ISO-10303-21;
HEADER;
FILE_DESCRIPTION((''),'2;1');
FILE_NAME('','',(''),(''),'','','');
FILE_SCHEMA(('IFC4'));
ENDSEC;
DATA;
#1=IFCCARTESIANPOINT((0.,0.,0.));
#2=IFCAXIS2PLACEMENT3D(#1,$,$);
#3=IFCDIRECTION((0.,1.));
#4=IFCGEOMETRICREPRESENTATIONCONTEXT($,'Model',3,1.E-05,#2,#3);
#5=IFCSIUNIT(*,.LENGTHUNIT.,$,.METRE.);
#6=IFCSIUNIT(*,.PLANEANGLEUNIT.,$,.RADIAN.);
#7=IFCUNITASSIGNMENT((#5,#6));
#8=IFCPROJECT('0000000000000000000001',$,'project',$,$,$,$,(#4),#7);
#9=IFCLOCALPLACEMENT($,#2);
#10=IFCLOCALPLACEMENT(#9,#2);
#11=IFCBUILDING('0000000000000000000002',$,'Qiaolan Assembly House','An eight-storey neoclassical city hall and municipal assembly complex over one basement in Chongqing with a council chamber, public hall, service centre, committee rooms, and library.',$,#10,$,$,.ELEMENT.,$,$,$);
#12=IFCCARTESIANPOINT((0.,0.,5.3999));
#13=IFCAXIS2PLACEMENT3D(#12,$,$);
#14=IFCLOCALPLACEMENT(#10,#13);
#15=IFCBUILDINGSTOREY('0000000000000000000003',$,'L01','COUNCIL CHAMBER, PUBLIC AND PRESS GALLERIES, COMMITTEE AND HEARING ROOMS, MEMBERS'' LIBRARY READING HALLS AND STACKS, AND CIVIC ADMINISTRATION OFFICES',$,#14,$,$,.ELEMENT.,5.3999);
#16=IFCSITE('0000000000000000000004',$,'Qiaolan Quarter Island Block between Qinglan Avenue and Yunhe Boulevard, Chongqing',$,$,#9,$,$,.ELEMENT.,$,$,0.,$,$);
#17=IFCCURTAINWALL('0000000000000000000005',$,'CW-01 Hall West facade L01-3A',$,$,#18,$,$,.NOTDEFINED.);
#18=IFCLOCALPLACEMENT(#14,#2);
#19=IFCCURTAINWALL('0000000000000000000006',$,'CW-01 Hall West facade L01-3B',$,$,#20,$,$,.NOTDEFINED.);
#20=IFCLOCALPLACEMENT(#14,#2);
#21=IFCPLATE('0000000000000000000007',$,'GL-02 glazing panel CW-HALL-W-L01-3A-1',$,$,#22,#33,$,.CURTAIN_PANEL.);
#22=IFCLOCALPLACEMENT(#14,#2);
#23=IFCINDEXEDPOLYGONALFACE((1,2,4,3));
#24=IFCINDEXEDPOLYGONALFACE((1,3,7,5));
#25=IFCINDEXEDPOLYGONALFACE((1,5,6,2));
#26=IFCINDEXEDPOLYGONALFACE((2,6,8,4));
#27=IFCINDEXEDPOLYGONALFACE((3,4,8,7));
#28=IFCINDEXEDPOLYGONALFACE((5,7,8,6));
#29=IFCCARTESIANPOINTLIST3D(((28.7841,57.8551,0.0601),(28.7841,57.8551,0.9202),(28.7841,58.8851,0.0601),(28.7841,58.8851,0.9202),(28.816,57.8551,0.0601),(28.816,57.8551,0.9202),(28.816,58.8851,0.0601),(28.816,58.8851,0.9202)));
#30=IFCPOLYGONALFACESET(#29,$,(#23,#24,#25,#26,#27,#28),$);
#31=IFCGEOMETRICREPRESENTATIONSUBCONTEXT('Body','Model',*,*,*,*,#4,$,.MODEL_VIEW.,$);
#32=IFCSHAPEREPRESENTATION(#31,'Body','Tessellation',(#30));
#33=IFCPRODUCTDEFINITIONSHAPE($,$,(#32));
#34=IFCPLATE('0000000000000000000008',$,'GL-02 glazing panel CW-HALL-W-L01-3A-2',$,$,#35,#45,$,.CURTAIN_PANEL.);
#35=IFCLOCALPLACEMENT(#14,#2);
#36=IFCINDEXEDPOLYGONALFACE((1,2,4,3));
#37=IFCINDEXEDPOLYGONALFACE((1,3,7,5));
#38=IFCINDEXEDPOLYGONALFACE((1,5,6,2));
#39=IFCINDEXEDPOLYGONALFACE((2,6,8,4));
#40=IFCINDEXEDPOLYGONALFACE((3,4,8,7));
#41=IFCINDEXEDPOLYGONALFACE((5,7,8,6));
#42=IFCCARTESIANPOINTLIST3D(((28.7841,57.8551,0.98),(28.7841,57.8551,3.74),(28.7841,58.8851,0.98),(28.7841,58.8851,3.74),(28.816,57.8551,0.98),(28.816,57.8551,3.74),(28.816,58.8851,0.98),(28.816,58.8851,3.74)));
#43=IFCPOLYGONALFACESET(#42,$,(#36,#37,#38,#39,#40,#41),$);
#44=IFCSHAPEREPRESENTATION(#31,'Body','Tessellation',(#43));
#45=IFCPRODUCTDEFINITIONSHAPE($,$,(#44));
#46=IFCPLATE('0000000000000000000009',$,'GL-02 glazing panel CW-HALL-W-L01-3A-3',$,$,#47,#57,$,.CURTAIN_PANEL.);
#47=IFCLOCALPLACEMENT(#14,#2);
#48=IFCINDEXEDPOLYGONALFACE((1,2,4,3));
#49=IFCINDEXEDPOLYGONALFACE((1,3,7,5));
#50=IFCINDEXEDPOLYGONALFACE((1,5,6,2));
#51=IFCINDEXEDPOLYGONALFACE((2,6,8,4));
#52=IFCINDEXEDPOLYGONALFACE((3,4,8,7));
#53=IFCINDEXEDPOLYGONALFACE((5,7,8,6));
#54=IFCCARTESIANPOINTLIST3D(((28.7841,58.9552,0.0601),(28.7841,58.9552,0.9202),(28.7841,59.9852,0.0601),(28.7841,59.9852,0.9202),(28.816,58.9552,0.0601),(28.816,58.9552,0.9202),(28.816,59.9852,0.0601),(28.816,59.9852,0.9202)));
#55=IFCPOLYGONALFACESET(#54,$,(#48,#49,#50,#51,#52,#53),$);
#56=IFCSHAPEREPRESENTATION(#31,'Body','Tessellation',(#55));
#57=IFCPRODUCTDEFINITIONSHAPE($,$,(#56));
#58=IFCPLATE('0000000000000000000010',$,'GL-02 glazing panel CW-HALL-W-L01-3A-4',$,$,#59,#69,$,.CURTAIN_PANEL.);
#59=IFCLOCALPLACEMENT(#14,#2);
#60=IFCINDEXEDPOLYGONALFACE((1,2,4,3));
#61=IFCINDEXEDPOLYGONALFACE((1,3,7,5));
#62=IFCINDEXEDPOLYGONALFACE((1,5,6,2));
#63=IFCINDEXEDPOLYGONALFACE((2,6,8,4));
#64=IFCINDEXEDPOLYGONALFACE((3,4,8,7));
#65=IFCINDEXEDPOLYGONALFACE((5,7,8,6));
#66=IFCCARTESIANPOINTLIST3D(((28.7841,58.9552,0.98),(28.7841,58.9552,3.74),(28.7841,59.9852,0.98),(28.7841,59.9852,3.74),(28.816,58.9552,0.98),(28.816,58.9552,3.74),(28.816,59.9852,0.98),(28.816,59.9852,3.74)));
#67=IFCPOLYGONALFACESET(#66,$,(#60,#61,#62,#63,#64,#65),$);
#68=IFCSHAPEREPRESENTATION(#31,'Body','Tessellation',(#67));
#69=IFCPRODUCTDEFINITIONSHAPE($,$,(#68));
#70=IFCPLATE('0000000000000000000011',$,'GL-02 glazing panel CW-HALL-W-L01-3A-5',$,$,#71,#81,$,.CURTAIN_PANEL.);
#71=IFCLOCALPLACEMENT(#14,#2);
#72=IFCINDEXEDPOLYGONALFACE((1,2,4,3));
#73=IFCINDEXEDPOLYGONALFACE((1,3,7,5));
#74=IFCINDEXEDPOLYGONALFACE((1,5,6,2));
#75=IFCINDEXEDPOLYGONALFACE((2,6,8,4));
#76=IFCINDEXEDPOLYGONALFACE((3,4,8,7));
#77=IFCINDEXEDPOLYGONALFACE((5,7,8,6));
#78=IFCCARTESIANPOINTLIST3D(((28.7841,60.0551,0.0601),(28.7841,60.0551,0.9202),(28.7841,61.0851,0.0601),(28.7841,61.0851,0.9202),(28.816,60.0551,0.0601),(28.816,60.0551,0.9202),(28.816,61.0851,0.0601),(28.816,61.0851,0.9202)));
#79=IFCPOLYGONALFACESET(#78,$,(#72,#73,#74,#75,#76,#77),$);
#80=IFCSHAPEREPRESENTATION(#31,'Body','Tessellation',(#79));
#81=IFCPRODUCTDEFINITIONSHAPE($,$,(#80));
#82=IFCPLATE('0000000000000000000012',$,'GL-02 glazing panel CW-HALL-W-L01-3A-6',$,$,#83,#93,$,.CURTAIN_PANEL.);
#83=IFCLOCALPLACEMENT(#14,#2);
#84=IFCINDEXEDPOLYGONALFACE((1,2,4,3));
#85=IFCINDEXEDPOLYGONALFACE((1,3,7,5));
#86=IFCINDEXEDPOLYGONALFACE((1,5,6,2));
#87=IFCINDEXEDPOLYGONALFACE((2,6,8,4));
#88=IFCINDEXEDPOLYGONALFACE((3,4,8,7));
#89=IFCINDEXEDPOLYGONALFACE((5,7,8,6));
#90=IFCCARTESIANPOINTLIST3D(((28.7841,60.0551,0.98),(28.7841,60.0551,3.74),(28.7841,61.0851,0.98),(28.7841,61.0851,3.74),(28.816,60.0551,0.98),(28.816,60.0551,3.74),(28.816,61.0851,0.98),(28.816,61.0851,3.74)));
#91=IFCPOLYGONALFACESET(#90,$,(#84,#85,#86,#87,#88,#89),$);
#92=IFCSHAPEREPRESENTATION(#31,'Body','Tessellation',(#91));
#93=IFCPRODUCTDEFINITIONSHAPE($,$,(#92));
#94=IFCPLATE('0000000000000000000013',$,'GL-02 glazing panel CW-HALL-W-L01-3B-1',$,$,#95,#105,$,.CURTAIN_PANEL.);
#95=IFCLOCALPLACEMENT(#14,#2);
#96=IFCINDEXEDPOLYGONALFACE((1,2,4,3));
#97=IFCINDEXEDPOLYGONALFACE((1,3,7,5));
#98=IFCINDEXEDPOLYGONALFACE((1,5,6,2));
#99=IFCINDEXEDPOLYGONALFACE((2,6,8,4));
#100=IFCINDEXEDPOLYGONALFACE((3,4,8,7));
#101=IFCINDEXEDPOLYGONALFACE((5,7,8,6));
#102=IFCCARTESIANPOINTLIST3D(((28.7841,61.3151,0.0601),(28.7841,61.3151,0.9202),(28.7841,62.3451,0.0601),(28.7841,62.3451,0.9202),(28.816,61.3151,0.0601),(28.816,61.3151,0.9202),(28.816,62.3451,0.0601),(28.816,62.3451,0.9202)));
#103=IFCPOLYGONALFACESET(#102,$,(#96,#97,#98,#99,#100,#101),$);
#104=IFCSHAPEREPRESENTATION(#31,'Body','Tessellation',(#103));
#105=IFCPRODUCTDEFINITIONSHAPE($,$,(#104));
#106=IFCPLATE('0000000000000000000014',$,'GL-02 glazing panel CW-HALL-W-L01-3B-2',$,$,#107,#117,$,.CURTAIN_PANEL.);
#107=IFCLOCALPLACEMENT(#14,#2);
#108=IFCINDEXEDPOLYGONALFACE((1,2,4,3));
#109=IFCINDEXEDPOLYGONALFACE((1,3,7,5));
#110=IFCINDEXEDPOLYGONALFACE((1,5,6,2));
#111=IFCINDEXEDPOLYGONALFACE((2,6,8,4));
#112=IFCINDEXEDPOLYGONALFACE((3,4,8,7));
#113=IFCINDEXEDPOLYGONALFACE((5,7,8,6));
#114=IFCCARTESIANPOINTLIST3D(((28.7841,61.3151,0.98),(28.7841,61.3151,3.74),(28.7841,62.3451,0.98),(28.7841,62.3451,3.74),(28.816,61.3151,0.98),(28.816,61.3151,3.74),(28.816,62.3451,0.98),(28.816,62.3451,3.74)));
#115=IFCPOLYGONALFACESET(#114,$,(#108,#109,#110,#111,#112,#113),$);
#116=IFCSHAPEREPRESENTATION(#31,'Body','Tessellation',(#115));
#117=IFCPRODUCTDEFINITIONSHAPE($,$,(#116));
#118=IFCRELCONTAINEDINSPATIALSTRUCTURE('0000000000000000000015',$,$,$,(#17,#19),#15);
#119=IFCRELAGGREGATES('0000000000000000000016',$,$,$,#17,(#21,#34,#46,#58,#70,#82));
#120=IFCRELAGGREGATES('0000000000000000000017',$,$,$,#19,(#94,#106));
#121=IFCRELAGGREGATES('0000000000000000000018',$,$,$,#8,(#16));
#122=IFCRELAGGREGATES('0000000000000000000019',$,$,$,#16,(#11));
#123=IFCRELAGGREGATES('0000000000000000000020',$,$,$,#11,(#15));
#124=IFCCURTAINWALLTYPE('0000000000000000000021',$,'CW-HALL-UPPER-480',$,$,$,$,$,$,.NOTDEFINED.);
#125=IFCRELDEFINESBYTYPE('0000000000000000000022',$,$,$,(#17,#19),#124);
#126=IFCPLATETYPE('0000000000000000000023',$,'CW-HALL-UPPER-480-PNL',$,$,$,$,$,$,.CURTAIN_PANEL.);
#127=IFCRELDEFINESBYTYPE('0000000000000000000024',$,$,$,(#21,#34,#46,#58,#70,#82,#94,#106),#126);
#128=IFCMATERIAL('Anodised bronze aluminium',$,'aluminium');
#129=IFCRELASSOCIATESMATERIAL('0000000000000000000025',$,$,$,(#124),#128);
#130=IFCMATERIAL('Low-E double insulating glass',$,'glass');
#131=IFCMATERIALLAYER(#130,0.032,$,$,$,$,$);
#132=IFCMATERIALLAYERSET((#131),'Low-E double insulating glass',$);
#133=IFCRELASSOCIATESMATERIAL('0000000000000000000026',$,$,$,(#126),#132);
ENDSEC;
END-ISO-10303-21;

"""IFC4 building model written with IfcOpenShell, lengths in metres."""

from ifc_helpers import new_model, si_unit, direction, frame, frame_2d, origin, place, context, subcontext, project, spatial, rectangle, extrude, material, layer, layer_set, type_object, element, aggregate, save


model = new_model("IFC4")

# Units and contexts
model_context = context("Model", 3, precision=1e-05, world=origin(), true_north=direction((0.0, 1.0)))
body_context = subcontext(model_context, "Body", "Model", "MODEL_VIEW")
ifc_project = project(units=[si_unit("LENGTHUNIT", "METRE"), si_unit("PLANEANGLEUNIT", "RADIAN")], contexts=[model_context])

# Site, building, storey
site_placement = place(None, origin())
site = spatial("IfcSite", under=ifc_project, at=site_placement, Name="Qiaolan Quarter Island Block between Qinglan Avenue and Yunhe Boulevard, Chongqing", CompositionType="ELEMENT", RefElevation=0.0)
building_placement = place(site_placement, origin())
building = spatial("IfcBuilding", under=site, at=building_placement, Name="Qiaolan Assembly House", Description="An eight-storey neoclassical city hall and municipal assembly complex over one basement in Chongqing with a council chamber, public hall, service centre, committee rooms, and library.", CompositionType="ELEMENT")
storey_placement = place(building_placement, frame((0.0, 0.0, 5.3999)))
storey = spatial("IfcBuildingStorey", under=building, at=storey_placement, Name="L01", Description="COUNCIL CHAMBER, PUBLIC AND PRESS GALLERIES, COMMITTEE AND HEARING ROOMS, MEMBERS' LIBRARY READING HALLS AND STACKS, AND CIVIC ADMINISTRATION OFFICES", CompositionType="ELEMENT", Elevation=5.3999)

# Curtain wall
ifc_material_1 = material(Name="Anodised bronze aluminium", Category="aluminium")
curtain_wall_type = type_object("IfcCurtainWallType", Name="CW-HALL-UPPER-480", PredefinedType="NOTDEFINED", material=ifc_material_1)
curtain_wall_1_placement = place(storey_placement, origin())
curtain_wall_1 = element("IfcCurtainWall", 1, at=curtain_wall_1_placement, inside=storey, type_object=curtain_wall_type, Name="CW-01 Hall West facade L01-3A", PredefinedType="NOTDEFINED")

# Curtain wall
curtain_wall_2_placement = place(storey_placement, origin())
curtain_wall_2 = element("IfcCurtainWall", 2, at=curtain_wall_2_placement, inside=storey, type_object=curtain_wall_type, Name="CW-01 Hall West facade L01-3B", PredefinedType="NOTDEFINED")

# Plates
ifc_material_2 = material(Name="Low-E double insulating glass", Category="glass")
ifc_layer = layer(ifc_material_2, 0.032)
ifc_layer_set = layer_set([ifc_layer], Name="Low-E double insulating glass")
plate_type = type_object("IfcPlateType", Name="CW-HALL-UPPER-480-PNL", PredefinedType="CURTAIN_PANEL", material=ifc_layer_set)
plate_1_placement = place(storey_placement, frame((28.8, 57.855, 0.0601), z_axis=(0.0, 0.0, 1.0), x_axis=(0.0, 1.0, 0.0)))
plate_1 = element("IfcPlate", 3, at=plate_1_placement, type_object=plate_type, Name="GL-02 glazing panel CW-HALL-W-L01-3A-1", PredefinedType="CURTAIN_PANEL", context=body_context, shape_type="SweptSolid", body=[
    extrude(rectangle(XDim=1.03, YDim=0.032, at=frame_2d((0.5151, 0.0))), origin(), (0.0, 0.0, 1.0), 0.8601),
])
plate_2_placement = place(storey_placement, frame((28.8, 57.855, 0.98), z_axis=(0.0, 0.0, 1.0), x_axis=(0.0, 1.0, 0.0)))
plate_2 = element("IfcPlate", 4, at=plate_2_placement, type_object=plate_type, Name="GL-02 glazing panel CW-HALL-W-L01-3A-2", PredefinedType="CURTAIN_PANEL", context=body_context, shape_type="SweptSolid", body=[
    extrude(rectangle(XDim=1.03, YDim=0.032, at=frame_2d((0.5151, 0.0))), origin(), (0.0, 0.0, 1.0), 2.76),
])
plate_3_placement = place(storey_placement, frame((28.8, 58.9551, 0.0601), z_axis=(0.0, 0.0, 1.0), x_axis=(0.0, 1.0, 0.0)))
plate_3 = element("IfcPlate", 5, at=plate_3_placement, type_object=plate_type, Name="GL-02 glazing panel CW-HALL-W-L01-3A-3", PredefinedType="CURTAIN_PANEL", context=body_context, shape_type="SweptSolid", body=[
    extrude(rectangle(XDim=1.03, YDim=0.032, at=frame_2d((0.5151, 0.0))), origin(), (0.0, 0.0, 1.0), 0.8601),
])
plate_4_placement = place(storey_placement, frame((28.8, 58.9551, 0.98), z_axis=(0.0, 0.0, 1.0), x_axis=(0.0, 1.0, 0.0)))
plate_4 = element("IfcPlate", 6, at=plate_4_placement, type_object=plate_type, Name="GL-02 glazing panel CW-HALL-W-L01-3A-4", PredefinedType="CURTAIN_PANEL", context=body_context, shape_type="SweptSolid", body=[
    extrude(rectangle(XDim=1.03, YDim=0.032, at=frame_2d((0.5151, 0.0))), origin(), (0.0, 0.0, 1.0), 2.76),
])
plate_5_placement = place(storey_placement, frame((28.8, 60.0549, 0.0601), z_axis=(0.0, 0.0, 1.0), x_axis=(0.0, 1.0, 0.0)))
plate_5 = element("IfcPlate", 7, at=plate_5_placement, type_object=plate_type, Name="GL-02 glazing panel CW-HALL-W-L01-3A-5", PredefinedType="CURTAIN_PANEL", context=body_context, shape_type="SweptSolid", body=[
    extrude(rectangle(XDim=1.03, YDim=0.032, at=frame_2d((0.5151, 0.0))), origin(), (0.0, 0.0, 1.0), 0.8601),
])
plate_6_placement = place(storey_placement, frame((28.8, 60.0549, 0.98), z_axis=(0.0, 0.0, 1.0), x_axis=(0.0, 1.0, 0.0)))
plate_6 = element("IfcPlate", 8, at=plate_6_placement, type_object=plate_type, Name="GL-02 glazing panel CW-HALL-W-L01-3A-6", PredefinedType="CURTAIN_PANEL", context=body_context, shape_type="SweptSolid", body=[
    extrude(rectangle(XDim=1.03, YDim=0.032, at=frame_2d((0.5151, 0.0))), origin(), (0.0, 0.0, 1.0), 2.76),
])
aggregate(curtain_wall_1, [plate_1, plate_2, plate_3, plate_4, plate_5, plate_6])
plate_7_placement = place(storey_placement, frame((28.8, 61.3149, 0.0601), z_axis=(0.0, 0.0, 1.0), x_axis=(0.0, 1.0, 0.0)))
plate_7 = element("IfcPlate", 9, at=plate_7_placement, type_object=plate_type, Name="GL-02 glazing panel CW-HALL-W-L01-3B-1", PredefinedType="CURTAIN_PANEL", context=body_context, shape_type="SweptSolid", body=[
    extrude(rectangle(XDim=1.03, YDim=0.032, at=frame_2d((0.5151, 0.0))), origin(), (0.0, 0.0, 1.0), 0.8601),
])
plate_8_placement = place(storey_placement, frame((28.8, 61.3149, 0.98), z_axis=(0.0, 0.0, 1.0), x_axis=(0.0, 1.0, 0.0)))
plate_8 = element("IfcPlate", 10, at=plate_8_placement, type_object=plate_type, Name="GL-02 glazing panel CW-HALL-W-L01-3B-2", PredefinedType="CURTAIN_PANEL", context=body_context, shape_type="SweptSolid", body=[
    extrude(rectangle(XDim=1.03, YDim=0.032, at=frame_2d((0.5151, 0.0))), origin(), (0.0, 0.0, 1.0), 2.76),
])
aggregate(curtain_wall_2, [plate_7, plate_8])

save(model, "model.ifc")
